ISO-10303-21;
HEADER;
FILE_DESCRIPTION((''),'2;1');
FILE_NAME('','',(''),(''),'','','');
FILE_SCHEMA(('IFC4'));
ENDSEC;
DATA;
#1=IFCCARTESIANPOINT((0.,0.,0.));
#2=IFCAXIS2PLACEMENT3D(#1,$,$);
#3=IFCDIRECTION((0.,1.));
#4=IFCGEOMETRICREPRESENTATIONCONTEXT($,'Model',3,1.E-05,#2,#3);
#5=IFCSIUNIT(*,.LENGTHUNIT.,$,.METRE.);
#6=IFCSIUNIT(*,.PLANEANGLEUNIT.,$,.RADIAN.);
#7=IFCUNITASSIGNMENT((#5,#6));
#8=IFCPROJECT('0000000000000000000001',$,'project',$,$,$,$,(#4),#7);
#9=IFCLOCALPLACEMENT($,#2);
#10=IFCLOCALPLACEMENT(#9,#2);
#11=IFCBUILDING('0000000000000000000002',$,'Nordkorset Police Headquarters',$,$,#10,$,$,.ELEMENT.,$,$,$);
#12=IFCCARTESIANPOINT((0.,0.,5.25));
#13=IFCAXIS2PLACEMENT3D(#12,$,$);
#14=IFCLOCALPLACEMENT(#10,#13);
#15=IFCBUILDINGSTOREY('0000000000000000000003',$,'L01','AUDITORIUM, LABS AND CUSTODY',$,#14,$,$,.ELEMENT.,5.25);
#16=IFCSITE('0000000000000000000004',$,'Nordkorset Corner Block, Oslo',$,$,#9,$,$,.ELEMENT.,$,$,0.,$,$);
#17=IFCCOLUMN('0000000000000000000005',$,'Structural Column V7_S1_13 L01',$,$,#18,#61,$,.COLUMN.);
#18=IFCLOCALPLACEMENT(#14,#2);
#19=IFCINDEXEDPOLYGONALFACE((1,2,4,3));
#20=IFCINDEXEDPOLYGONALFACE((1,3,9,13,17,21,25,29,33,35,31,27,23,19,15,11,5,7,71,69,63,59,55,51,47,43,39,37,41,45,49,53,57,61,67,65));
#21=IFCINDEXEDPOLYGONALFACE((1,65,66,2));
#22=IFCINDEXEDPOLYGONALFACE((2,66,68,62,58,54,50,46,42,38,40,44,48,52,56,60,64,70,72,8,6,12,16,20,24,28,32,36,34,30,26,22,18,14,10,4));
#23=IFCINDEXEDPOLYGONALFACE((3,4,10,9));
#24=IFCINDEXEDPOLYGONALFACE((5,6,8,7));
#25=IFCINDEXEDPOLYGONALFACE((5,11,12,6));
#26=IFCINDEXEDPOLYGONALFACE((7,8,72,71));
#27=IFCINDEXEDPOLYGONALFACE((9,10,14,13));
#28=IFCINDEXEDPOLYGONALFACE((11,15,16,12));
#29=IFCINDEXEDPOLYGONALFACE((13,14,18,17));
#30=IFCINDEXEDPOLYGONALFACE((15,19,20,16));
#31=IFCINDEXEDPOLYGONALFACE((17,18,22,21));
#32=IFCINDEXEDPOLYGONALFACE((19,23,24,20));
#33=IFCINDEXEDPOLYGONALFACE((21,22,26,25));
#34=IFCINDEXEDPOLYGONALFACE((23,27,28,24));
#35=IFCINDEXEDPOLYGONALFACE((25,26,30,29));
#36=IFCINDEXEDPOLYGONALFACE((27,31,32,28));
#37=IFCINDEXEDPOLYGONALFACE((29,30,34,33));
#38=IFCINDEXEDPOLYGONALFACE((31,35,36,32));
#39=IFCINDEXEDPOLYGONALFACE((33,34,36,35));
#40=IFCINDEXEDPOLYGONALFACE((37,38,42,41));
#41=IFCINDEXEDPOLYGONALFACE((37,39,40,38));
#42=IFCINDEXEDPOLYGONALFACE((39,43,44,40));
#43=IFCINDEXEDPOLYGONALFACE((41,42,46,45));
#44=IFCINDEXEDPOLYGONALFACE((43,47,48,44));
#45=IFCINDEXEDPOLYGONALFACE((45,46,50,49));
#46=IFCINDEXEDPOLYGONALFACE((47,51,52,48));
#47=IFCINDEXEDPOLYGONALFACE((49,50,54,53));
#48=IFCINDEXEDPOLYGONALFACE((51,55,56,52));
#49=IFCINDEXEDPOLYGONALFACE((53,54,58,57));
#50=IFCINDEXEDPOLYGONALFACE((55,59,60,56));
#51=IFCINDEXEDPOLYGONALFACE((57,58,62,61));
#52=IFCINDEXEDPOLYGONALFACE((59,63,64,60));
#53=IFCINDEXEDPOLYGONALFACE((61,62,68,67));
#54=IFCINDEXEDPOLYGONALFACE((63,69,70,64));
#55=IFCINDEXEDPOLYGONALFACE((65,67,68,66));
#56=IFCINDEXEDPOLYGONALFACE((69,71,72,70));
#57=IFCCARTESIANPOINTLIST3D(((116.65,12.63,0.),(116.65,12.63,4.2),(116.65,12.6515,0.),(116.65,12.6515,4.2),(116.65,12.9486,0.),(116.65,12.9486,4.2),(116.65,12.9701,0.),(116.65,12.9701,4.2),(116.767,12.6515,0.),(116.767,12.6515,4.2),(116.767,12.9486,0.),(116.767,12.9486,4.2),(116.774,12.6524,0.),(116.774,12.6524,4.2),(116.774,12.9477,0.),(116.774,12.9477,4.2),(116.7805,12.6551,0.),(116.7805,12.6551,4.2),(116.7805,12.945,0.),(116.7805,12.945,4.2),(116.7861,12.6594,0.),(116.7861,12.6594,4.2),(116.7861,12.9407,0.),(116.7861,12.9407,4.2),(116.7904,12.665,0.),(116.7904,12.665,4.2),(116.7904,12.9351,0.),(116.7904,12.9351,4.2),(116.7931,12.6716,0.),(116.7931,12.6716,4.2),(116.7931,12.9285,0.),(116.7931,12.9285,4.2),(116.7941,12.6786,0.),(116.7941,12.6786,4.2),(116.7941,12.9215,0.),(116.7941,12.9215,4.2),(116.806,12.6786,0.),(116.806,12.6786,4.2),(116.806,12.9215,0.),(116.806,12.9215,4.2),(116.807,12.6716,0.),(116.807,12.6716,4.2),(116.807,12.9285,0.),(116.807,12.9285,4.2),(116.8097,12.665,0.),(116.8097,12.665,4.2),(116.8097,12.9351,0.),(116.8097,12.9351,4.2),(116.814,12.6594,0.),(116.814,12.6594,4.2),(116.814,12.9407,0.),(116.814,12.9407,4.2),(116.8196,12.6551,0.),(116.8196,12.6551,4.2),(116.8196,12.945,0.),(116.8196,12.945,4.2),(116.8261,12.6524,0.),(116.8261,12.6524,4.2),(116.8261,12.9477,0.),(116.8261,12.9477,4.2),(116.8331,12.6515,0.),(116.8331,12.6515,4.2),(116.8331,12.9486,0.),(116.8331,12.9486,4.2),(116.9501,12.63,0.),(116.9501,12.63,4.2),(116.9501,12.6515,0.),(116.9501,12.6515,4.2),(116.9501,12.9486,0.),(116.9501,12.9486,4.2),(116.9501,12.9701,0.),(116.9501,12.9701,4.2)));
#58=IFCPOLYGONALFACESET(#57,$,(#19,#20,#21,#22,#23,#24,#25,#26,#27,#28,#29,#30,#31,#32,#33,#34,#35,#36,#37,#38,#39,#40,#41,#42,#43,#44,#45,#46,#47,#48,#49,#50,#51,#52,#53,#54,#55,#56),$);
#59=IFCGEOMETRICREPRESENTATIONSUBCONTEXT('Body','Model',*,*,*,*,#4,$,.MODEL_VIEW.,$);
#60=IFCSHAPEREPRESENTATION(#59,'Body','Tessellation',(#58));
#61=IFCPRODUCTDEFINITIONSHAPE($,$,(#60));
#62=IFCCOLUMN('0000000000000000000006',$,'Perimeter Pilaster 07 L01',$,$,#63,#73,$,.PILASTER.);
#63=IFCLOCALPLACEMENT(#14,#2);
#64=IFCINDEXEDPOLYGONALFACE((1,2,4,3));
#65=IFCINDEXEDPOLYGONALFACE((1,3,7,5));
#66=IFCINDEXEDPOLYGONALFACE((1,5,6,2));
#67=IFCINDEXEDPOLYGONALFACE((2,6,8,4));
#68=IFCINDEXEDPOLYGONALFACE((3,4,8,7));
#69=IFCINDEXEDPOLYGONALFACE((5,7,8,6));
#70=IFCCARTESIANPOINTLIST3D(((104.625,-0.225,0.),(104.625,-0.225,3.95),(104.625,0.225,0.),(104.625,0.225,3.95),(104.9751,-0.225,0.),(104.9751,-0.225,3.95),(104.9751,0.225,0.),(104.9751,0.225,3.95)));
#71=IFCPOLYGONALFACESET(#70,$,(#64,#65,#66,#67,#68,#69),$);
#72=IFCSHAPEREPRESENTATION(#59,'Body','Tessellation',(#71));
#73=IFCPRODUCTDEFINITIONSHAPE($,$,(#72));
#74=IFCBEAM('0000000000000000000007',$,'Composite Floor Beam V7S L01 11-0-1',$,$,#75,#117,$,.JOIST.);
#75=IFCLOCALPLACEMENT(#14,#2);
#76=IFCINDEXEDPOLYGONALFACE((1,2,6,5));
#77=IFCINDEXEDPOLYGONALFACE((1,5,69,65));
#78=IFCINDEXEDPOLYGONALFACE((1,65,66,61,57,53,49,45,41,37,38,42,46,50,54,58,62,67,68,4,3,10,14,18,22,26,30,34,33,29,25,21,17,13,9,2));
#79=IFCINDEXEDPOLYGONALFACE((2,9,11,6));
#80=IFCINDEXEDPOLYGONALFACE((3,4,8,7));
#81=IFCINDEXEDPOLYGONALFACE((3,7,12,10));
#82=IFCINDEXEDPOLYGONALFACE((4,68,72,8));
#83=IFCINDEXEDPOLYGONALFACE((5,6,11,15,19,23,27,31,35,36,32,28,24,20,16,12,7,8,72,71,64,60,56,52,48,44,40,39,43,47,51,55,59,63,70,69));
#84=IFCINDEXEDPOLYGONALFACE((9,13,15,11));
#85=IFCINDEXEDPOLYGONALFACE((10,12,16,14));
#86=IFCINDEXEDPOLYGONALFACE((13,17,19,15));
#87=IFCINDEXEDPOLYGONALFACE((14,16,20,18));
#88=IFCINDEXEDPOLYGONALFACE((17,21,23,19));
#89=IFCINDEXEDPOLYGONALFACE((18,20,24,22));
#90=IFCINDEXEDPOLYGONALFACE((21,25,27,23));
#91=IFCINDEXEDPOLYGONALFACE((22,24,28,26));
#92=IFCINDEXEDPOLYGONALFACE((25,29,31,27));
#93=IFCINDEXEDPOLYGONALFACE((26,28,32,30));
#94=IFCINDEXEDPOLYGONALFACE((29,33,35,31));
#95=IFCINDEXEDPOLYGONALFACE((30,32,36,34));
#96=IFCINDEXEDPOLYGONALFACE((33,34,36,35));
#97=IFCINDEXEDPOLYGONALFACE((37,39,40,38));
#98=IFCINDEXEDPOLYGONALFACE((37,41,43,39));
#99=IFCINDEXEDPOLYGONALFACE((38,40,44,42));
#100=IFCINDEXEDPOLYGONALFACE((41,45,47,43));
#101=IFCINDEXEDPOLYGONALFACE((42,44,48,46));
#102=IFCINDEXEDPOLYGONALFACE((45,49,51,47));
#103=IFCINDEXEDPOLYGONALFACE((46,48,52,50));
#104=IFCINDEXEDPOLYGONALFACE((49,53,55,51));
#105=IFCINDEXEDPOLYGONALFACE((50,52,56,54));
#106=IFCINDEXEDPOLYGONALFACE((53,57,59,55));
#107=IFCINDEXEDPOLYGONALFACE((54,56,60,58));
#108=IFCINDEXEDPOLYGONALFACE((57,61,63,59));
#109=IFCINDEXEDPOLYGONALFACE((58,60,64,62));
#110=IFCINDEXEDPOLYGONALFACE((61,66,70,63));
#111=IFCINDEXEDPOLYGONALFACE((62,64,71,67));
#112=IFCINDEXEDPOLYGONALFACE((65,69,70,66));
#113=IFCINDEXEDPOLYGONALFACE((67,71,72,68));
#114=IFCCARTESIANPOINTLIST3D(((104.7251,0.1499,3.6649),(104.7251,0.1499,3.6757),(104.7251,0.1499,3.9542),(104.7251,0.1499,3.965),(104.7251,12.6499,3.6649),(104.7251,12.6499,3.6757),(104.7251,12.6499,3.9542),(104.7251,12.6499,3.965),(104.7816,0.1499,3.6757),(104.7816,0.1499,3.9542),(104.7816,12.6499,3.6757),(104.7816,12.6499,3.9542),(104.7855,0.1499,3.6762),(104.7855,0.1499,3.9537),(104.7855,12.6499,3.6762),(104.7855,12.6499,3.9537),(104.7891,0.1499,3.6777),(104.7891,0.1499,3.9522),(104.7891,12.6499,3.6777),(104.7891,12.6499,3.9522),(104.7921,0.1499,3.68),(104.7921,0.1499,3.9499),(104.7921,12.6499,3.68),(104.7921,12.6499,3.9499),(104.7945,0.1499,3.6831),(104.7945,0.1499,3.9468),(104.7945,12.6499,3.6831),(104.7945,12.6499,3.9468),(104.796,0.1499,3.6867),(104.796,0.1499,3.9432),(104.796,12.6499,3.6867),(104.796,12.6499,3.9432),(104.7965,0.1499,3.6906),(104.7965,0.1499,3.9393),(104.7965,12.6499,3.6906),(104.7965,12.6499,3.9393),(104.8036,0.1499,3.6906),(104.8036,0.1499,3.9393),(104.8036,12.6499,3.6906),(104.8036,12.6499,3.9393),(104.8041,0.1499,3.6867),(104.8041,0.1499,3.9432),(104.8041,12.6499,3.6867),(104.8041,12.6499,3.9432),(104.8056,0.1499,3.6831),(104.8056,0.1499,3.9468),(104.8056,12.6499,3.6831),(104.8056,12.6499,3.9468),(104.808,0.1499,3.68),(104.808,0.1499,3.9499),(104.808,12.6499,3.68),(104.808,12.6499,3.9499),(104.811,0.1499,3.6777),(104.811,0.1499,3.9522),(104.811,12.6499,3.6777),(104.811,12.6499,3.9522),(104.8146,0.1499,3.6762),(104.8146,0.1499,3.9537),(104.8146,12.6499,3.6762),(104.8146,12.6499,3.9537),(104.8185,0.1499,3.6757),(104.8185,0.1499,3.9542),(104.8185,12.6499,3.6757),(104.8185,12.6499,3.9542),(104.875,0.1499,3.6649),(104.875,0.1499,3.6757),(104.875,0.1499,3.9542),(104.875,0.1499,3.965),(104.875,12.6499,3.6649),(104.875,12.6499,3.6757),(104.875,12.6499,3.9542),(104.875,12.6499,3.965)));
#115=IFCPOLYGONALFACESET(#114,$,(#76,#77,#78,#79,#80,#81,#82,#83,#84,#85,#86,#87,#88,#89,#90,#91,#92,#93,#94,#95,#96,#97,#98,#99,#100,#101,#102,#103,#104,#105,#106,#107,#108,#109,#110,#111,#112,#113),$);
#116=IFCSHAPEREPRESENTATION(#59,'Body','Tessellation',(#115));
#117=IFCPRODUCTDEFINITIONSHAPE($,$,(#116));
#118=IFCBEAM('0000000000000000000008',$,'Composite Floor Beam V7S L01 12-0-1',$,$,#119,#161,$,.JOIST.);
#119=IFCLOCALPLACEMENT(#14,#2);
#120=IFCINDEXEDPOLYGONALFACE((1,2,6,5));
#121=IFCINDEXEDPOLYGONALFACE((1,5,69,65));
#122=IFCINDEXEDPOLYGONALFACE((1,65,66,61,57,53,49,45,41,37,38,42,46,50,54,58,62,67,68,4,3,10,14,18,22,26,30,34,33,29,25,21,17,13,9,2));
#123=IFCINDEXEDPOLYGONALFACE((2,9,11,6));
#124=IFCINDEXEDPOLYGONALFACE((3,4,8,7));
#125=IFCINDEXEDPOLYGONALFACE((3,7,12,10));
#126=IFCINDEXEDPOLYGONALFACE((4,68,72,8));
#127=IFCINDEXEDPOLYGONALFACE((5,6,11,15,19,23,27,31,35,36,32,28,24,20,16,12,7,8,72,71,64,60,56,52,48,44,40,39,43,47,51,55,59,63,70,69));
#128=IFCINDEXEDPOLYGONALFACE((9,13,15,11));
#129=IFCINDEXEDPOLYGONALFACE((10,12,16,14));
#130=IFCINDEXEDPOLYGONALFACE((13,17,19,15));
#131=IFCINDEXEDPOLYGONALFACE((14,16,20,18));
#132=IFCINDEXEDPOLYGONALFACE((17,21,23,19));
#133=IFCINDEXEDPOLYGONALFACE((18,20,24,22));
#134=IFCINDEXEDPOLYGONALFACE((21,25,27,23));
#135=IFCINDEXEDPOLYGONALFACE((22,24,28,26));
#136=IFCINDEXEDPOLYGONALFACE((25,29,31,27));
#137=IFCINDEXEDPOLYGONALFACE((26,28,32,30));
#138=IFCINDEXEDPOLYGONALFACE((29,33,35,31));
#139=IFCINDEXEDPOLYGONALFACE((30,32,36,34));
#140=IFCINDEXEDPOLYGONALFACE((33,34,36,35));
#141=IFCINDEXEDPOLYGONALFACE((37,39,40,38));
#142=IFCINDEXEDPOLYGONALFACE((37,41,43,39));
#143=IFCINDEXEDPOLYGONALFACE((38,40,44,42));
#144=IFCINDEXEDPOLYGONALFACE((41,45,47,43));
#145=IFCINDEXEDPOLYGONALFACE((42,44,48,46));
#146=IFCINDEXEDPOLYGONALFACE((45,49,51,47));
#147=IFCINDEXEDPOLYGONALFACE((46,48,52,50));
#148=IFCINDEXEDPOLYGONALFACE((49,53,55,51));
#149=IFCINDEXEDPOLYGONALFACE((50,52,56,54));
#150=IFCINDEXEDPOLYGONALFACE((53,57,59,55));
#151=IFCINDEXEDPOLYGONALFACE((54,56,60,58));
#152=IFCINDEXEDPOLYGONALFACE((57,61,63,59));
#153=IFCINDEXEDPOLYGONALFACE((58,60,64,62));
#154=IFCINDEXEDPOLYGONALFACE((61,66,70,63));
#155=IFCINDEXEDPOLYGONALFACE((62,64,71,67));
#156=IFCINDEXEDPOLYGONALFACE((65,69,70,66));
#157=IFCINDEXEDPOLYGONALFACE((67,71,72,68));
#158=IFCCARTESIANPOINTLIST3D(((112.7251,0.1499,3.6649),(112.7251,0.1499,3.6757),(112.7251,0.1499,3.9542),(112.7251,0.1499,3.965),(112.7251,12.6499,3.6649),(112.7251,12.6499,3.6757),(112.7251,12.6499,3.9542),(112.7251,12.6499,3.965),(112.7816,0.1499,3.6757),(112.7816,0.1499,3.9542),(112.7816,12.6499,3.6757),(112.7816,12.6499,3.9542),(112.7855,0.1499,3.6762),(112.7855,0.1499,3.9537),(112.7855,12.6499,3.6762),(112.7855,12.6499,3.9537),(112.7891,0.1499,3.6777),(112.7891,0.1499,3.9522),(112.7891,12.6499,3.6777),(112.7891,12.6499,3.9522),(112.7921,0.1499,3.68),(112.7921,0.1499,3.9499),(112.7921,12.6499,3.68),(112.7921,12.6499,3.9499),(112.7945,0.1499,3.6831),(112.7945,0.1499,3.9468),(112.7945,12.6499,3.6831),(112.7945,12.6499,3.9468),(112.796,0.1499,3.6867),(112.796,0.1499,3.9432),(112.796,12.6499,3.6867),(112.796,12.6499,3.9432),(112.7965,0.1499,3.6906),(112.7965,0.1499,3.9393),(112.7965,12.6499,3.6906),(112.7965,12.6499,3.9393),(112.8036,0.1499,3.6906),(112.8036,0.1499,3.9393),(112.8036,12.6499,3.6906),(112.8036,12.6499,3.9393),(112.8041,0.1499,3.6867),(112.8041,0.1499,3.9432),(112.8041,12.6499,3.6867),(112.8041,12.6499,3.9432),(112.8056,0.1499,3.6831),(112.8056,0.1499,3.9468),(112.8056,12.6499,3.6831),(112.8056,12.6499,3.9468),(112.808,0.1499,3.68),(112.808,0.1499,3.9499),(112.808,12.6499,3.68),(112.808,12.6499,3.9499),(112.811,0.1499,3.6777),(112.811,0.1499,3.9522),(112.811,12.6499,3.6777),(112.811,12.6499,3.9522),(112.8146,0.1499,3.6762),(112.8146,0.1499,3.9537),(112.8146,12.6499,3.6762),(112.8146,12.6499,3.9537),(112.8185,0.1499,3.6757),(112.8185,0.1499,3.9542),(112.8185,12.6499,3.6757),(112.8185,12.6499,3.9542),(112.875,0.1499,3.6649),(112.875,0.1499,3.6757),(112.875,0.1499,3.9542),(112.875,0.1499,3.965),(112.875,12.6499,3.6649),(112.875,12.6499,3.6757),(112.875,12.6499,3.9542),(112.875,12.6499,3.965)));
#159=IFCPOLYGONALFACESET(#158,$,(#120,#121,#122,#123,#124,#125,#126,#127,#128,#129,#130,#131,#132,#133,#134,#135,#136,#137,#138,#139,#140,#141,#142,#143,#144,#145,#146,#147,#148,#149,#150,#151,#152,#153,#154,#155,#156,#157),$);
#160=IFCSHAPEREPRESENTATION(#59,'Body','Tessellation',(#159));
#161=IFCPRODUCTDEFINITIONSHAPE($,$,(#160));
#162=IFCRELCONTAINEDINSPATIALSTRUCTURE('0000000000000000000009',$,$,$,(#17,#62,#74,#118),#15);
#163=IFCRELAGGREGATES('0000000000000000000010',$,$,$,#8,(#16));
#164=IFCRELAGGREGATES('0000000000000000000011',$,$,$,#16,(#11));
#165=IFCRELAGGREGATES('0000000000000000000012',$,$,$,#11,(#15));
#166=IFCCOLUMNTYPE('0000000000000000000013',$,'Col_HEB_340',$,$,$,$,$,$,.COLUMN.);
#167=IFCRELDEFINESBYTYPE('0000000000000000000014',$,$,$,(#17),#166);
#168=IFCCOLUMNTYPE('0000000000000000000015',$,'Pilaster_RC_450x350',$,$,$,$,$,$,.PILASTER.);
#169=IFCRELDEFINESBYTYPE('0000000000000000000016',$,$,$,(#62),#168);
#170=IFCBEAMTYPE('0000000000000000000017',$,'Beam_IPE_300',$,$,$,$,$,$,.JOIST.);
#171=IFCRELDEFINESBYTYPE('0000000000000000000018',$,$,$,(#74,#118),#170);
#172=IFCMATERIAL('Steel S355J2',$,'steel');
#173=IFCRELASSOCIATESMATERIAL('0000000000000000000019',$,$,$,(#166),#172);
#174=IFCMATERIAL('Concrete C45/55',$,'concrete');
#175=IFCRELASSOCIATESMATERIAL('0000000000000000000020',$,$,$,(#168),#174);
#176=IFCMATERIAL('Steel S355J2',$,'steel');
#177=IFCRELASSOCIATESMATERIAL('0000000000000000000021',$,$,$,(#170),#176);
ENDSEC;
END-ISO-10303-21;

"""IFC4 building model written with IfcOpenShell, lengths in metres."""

from ifc_helpers import new_model, si_unit, direction, frame, origin, origin_2d, place, context, subcontext, project, spatial, rectangle, i_section, extrude, material, material_profile, profile_set, type_object, element, save


model = new_model("IFC4")

# Units and contexts
model_context = context("Model", 3, precision=1e-05, world=origin(), true_north=direction((0.0, 1.0)))
body_context = subcontext(model_context, "Body", "Model", "MODEL_VIEW")
ifc_project = project(units=[si_unit("LENGTHUNIT", "METRE"), si_unit("PLANEANGLEUNIT", "RADIAN")], contexts=[model_context])

# Site, building, storey
site_placement = place(None, origin())
site = spatial("IfcSite", under=ifc_project, at=site_placement, Name="Nordkorset Corner Block, Oslo", CompositionType="ELEMENT", RefElevation=0.0)
building_placement = place(site_placement, origin())
building = spatial("IfcBuilding", under=site, at=building_placement, Name="Nordkorset Police Headquarters", CompositionType="ELEMENT")
storey_placement = place(building_placement, frame((0.0, 0.0, 5.25)))
storey = spatial("IfcBuildingStorey", under=building, at=storey_placement, Name="L01", Description="AUDITORIUM, LABS AND CUSTODY", CompositionType="ELEMENT", Elevation=5.25)

# Columns
ifc_material_1 = material(Name="Steel S355J2", Category="steel")
ifc_material_profile_1 = material_profile(ifc_material_1, i_section(OverallWidth=0.3, OverallDepth=0.3401, WebThickness=0.012, FlangeThickness=0.0215, FilletRadius=0.0271, at=origin_2d()), Name="HEB 340")
ifc_profile_set_1 = profile_set([ifc_material_profile_1], Name="Steel S355J2")
column_type_1 = type_object("IfcColumnType", Name="Col_HEB_340", PredefinedType="COLUMN", material=ifc_profile_set_1)
for number, where, z_axis, x_axis, name in (
    (1, (116.8, 12.8, 0.0), (0.0, 0.0, 1.0), (1.0, 0.0, 0.0), "Structural Column V7_S1_13 L01"),
):
    element("IfcColumn", number, at=place(storey_placement, frame(where, z_axis=z_axis, x_axis=x_axis)), inside=storey, type_object=column_type_1, Name=name, PredefinedType="COLUMN", context=body_context, shape_type="SweptSolid", body=[
        extrude(i_section(OverallWidth=0.3, OverallDepth=0.3401, WebThickness=0.012, FlangeThickness=0.0215, FilletRadius=0.0271, at=origin_2d()), origin(), (0.0, 0.0, 1.0), 4.2),
    ])
ifc_material_2 = material(Name="Concrete C45/55", Category="concrete")
ifc_material_profile_2 = material_profile(ifc_material_2, rectangle(XDim=0.3501, YDim=0.45, at=origin_2d()), Name="RC 450x350")
ifc_profile_set_2 = profile_set([ifc_material_profile_2], Name="Concrete C45/55")
column_type_2 = type_object("IfcColumnType", Name="Pilaster_RC_450x350", PredefinedType="PILASTER", material=ifc_profile_set_2)
column_placement = place(storey_placement, frame((104.8, 0.0, 0.0), z_axis=(0.0, 0.0, 1.0), x_axis=(1.0, 0.0, 0.0)))
element("IfcColumn", 2, at=column_placement, inside=storey, type_object=column_type_2, Name="Perimeter Pilaster 07 L01", PredefinedType="PILASTER", context=body_context, shape_type="SweptSolid", body=[
    extrude(rectangle(XDim=0.3501, YDim=0.45, at=origin_2d()), origin(), (0.0, 0.0, 1.0), 3.95),
])

# Beams
ifc_material_3 = material(Name="Steel S355J2", Category="steel")
ifc_material_profile_3 = material_profile(ifc_material_3, i_section(OverallWidth=0.1499, OverallDepth=0.3, WebThickness=0.0071, FlangeThickness=0.0107, FilletRadius=0.0149, at=origin_2d()), Name="IPE 300")
ifc_profile_set_3 = profile_set([ifc_material_profile_3], Name="Steel S355J2")
beam_type_1 = type_object("IfcBeamType", Name="Beam_IPE_300", PredefinedType="JOIST", material=ifc_profile_set_3)
for number, where, z_axis, x_axis, name in (
    (3, (104.8, 0.1499, 3.8149), (0.0, 1.0, 0.0), (-1.0, 0.0, 0.0), "Composite Floor Beam V7S L01 11-0-1"),
    (4, (112.8, 0.1499, 3.8149), (0.0, 1.0, 0.0), (-1.0, 0.0, 0.0), "Composite Floor Beam V7S L01 12-0-1"),
):
    element("IfcBeam", number, at=place(storey_placement, frame(where, z_axis=z_axis, x_axis=x_axis)), inside=storey, type_object=beam_type_1, Name=name, PredefinedType="JOIST", context=body_context, shape_type="SweptSolid", body=[
        extrude(i_section(OverallWidth=0.1499, OverallDepth=0.3, WebThickness=0.0071, FlangeThickness=0.0107, FilletRadius=0.0149, at=origin_2d()), origin(), (0.0, 0.0, 1.0), 12.5),
    ])

save(model, "model.ifc")
